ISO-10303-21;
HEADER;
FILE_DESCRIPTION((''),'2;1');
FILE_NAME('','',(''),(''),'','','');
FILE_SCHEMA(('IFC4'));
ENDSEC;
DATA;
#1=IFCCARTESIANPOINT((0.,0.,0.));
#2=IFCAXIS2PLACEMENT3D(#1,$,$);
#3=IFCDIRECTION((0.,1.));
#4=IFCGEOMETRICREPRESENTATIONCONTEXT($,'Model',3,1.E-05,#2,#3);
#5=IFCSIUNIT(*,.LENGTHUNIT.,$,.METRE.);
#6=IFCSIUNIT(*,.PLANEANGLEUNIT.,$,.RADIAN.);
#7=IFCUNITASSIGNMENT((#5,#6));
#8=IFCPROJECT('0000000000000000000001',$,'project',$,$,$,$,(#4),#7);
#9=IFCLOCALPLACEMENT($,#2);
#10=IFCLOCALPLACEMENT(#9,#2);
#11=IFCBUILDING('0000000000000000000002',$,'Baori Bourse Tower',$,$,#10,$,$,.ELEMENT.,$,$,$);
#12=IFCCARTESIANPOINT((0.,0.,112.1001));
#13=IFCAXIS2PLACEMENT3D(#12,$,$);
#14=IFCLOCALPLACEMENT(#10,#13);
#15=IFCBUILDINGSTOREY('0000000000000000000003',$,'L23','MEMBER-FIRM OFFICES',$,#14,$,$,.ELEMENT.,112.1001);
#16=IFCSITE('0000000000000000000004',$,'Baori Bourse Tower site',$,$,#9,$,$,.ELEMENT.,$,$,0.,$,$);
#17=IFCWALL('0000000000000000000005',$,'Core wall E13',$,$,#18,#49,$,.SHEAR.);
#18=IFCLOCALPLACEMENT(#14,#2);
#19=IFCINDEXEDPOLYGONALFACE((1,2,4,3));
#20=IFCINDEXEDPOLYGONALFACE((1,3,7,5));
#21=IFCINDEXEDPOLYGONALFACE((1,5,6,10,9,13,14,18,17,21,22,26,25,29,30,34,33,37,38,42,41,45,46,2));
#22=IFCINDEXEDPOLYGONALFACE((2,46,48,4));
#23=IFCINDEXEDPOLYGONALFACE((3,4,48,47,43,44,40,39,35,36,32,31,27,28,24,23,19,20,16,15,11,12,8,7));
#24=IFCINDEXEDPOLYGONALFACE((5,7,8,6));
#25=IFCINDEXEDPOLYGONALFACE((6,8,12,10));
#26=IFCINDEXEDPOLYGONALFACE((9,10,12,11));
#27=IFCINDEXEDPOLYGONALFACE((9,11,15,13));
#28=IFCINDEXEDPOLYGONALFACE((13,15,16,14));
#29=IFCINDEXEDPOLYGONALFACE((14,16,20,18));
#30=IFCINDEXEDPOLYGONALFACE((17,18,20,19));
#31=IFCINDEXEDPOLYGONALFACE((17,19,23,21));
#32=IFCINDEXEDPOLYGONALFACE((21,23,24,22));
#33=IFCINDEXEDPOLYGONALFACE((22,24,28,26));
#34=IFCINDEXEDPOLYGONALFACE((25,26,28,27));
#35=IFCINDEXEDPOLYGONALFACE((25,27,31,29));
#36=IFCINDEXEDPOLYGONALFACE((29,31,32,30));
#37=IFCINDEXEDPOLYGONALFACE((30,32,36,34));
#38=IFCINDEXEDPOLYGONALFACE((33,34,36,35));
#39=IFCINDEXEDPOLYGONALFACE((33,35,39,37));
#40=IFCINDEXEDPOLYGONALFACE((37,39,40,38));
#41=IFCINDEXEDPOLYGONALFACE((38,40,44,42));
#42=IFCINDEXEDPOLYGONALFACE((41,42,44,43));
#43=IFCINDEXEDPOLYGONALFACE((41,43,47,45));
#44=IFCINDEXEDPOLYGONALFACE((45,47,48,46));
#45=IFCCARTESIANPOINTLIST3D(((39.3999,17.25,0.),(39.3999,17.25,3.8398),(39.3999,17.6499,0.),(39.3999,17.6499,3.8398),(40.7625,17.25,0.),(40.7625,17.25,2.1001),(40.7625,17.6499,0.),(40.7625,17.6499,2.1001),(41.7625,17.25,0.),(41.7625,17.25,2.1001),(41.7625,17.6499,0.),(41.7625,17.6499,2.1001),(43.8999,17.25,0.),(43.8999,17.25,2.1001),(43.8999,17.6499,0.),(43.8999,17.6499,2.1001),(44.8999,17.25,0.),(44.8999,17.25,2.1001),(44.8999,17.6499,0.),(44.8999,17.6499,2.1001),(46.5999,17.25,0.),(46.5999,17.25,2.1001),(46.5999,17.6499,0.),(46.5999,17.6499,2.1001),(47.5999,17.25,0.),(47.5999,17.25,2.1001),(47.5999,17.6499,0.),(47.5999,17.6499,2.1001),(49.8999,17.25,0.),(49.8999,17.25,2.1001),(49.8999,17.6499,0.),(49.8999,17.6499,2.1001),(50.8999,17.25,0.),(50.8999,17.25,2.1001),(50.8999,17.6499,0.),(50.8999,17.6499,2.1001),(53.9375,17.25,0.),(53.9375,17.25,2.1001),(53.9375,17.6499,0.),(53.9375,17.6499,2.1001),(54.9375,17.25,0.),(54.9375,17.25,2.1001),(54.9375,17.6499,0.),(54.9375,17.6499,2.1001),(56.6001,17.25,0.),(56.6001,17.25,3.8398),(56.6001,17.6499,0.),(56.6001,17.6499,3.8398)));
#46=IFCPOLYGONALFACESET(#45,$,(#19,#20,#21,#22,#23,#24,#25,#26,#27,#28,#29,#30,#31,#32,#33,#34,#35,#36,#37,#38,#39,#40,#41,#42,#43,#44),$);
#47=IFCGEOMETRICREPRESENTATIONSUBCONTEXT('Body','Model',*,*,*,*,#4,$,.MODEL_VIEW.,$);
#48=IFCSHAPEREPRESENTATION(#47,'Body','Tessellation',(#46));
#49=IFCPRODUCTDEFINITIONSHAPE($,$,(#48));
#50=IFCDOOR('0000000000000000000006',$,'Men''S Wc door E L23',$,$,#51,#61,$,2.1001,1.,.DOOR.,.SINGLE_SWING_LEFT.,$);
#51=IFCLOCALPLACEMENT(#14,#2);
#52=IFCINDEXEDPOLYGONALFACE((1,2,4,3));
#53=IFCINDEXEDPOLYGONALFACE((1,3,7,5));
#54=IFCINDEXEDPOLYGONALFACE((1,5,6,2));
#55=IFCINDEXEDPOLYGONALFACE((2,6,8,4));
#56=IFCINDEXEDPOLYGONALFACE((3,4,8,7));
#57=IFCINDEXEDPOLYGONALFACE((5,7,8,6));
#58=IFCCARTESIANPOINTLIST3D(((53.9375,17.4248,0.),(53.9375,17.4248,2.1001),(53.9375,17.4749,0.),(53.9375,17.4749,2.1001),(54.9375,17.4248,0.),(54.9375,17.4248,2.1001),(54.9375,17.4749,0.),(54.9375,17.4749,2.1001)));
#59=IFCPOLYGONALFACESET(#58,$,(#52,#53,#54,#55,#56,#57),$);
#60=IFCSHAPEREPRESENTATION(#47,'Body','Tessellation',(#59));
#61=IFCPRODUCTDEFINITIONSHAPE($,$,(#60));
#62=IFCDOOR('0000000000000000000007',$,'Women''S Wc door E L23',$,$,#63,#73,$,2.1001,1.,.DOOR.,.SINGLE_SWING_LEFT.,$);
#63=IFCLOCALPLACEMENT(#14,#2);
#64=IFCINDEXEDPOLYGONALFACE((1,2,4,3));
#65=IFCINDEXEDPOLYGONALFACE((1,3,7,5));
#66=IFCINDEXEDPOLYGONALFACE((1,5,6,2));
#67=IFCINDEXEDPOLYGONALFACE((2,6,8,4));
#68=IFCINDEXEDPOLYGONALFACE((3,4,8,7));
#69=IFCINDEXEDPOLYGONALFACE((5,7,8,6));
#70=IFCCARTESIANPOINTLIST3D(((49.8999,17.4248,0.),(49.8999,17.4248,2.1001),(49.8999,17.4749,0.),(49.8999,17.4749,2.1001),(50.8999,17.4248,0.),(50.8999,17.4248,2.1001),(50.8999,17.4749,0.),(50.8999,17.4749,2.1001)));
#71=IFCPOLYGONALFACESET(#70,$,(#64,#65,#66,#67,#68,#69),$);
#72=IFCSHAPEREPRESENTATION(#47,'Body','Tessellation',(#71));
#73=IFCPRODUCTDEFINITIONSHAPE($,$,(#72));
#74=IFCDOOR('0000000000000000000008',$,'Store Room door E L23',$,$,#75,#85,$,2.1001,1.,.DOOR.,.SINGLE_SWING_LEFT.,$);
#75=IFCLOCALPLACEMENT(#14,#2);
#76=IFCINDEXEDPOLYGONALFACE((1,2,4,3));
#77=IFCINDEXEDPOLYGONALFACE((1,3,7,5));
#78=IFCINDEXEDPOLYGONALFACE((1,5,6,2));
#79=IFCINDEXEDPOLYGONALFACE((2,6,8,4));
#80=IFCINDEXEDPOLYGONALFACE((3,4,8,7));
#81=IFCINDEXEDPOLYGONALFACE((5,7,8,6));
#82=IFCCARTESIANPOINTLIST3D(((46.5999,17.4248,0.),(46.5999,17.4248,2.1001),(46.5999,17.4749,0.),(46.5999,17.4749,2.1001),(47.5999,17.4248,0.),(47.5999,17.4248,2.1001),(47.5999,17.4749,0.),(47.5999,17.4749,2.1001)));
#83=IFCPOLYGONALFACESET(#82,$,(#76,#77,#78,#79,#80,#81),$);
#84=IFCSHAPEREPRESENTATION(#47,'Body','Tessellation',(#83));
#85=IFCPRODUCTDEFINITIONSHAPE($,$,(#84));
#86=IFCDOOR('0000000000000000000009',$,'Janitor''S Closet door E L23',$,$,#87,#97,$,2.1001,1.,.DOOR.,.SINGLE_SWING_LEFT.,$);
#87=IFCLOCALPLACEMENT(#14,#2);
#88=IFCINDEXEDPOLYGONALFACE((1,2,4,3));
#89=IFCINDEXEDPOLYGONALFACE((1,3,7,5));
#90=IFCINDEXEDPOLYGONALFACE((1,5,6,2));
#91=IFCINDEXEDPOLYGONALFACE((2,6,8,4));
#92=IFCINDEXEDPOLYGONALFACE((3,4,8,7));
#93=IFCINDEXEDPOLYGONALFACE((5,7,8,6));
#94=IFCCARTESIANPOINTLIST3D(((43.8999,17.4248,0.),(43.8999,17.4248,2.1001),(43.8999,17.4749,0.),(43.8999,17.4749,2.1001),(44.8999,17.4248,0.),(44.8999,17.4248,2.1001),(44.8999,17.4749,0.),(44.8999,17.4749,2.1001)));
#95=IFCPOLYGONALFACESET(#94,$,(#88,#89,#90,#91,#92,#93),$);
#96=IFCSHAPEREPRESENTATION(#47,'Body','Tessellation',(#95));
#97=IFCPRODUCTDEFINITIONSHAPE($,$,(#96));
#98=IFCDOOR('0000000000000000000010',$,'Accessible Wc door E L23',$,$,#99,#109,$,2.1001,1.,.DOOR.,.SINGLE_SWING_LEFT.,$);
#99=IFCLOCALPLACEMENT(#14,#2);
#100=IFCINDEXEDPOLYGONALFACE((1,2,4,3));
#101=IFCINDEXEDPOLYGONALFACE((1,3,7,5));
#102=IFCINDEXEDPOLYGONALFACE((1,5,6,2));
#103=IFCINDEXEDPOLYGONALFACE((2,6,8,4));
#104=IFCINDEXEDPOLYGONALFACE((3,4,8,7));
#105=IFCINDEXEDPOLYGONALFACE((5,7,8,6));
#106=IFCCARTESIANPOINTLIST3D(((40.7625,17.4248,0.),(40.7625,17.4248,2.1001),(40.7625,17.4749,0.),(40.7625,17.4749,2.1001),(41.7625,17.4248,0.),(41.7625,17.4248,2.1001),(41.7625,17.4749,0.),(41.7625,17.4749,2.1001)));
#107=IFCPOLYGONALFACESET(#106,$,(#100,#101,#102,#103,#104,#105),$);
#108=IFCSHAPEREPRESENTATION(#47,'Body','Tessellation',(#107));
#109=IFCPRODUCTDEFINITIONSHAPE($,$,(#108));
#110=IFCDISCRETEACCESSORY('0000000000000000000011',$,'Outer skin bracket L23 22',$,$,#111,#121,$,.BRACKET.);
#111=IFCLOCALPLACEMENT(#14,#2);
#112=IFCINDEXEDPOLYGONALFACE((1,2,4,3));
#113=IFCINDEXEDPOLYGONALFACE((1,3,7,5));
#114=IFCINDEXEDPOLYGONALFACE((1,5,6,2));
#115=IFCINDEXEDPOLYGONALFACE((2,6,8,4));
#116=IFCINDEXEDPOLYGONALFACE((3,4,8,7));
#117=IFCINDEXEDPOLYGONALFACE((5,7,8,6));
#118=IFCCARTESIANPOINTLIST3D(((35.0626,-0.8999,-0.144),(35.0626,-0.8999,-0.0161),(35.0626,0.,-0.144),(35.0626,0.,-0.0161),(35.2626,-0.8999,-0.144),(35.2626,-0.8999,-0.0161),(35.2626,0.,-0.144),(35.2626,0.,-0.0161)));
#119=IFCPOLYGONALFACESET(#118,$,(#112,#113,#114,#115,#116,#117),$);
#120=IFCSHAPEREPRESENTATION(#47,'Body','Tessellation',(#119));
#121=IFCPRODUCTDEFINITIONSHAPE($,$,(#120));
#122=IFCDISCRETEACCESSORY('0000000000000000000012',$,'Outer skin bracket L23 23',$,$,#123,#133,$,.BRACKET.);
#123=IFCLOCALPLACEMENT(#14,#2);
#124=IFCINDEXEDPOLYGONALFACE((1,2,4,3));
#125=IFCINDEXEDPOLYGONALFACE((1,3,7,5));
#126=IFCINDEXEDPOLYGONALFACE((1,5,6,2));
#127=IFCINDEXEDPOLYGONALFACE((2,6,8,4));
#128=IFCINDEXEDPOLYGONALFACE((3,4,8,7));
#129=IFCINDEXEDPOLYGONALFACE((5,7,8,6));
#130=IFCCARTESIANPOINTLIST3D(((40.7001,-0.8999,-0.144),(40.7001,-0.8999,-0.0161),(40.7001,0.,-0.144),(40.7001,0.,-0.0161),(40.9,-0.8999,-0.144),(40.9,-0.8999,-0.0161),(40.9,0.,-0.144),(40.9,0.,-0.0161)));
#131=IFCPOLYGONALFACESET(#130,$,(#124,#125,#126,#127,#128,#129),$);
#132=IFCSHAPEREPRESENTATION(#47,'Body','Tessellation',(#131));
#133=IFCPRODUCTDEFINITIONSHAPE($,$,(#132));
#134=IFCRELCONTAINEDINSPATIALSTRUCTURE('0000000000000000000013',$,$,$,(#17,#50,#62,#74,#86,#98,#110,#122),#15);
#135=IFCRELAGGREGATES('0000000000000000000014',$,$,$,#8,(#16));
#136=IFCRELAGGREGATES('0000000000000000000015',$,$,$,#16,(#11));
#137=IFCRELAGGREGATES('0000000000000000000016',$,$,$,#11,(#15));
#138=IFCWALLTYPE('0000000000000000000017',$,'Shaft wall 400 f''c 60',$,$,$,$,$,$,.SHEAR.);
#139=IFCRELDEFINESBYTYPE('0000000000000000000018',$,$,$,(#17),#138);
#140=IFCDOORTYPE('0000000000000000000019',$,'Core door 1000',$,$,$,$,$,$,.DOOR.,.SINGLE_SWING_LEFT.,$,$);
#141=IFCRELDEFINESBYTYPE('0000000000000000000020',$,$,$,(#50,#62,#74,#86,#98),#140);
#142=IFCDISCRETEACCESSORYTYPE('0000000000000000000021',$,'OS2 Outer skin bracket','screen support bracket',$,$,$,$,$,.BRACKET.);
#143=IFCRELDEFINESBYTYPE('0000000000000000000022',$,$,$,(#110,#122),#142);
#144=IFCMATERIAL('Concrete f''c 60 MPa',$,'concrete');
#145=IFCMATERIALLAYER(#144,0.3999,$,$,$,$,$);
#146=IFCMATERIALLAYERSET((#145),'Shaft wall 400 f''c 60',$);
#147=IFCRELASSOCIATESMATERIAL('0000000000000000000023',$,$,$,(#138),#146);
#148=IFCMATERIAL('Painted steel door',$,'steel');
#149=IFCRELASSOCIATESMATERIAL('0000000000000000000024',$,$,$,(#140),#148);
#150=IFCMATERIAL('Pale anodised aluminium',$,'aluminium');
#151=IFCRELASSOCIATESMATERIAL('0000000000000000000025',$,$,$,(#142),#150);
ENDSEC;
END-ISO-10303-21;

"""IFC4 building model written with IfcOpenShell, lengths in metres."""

from ifc_helpers import new_model, si_unit, direction, frame, frame_2d, origin, origin_2d, place, context, subcontext, project, spatial, rectangle, extrude, material, layer, layer_set, type_object, element, fill, save


model = new_model("IFC4")

# Units and contexts
model_context = context("Model", 3, precision=1e-05, world=origin(), true_north=direction((0.0, 1.0)))
body_context = subcontext(model_context, "Body", "Model", "MODEL_VIEW")
ifc_project = project(units=[si_unit("LENGTHUNIT", "METRE"), si_unit("PLANEANGLEUNIT", "RADIAN")], contexts=[model_context])

# Site, building, storey
site_placement = place(None, origin())
site = spatial("IfcSite", under=ifc_project, at=site_placement, Name="Baori Bourse Tower site", CompositionType="ELEMENT", RefElevation=0.0)
building_placement = place(site_placement, origin())
building = spatial("IfcBuilding", under=site, at=building_placement, Name="Baori Bourse Tower", CompositionType="ELEMENT")
storey_placement = place(building_placement, frame((0.0, 0.0, 112.1001)))
storey = spatial("IfcBuildingStorey", under=building, at=storey_placement, Name="L23", Description="MEMBER-FIRM OFFICES", CompositionType="ELEMENT", Elevation=112.1001)

# Shared definitions
ifc_material_1 = material(Name="Concrete f'c 60 MPa", Category="concrete")
ifc_layer_1 = layer(ifc_material_1, 0.3999)
ifc_layer_set_1 = layer_set([ifc_layer_1], Name="Shaft wall 400 f'c 60")
wall_type_1 = type_object("IfcWallType", Name="Shaft wall 400 f'c 60", PredefinedType="SHEAR", material=ifc_layer_set_1)

# Wall, openings, doors
wall_1_placement = place(storey_placement, frame((39.3999, 17.45, 0.0), z_axis=(0.0, 0.0, 1.0), x_axis=(1.0, 0.0, 0.0)))
wall_1 = element("IfcWall", 1, at=wall_1_placement, inside=storey, type_object=wall_type_1, Name="Core wall E13", PredefinedType="SHEAR", context=body_context, shape_type="SweptSolid", body=[
    extrude(rectangle(XDim=17.2002, YDim=0.3999, at=frame_2d((8.6001, 0.0))), origin(), (0.0, 0.0, 1.0), 3.8398),
])
opening_1_placement = place(wall_1_placement, frame((14.5376, 0.0, 0.0)))
opening_1 = element("IfcOpeningElement", 2, at=opening_1_placement, cuts=wall_1, PredefinedType="OPENING", context=body_context, shape_type="SweptSolid", body=[
    extrude(rectangle(XDim=1.0, YDim=2.1001, at=frame_2d((0.5, 1.05))), frame((0.0, 0.21, 0.0), z_axis=(0.0, -1.0, 0.0), x_axis=(1.0, 0.0, 0.0)), (0.0, 0.0, 1.0), 0.4199),
])
opening_2_placement = place(wall_1_placement, frame((10.5, 0.0, 0.0)))
opening_2 = element("IfcOpeningElement", 3, at=opening_2_placement, cuts=wall_1, PredefinedType="OPENING", context=body_context, shape_type="SweptSolid", body=[
    extrude(rectangle(XDim=1.0, YDim=2.1001, at=frame_2d((0.5, 1.05))), frame((0.0, 0.21, 0.0), z_axis=(0.0, -1.0, 0.0), x_axis=(1.0, 0.0, 0.0)), (0.0, 0.0, 1.0), 0.4199),
])
opening_3_placement = place(wall_1_placement, frame((7.2, 0.0, 0.0)))
opening_3 = element("IfcOpeningElement", 4, at=opening_3_placement, cuts=wall_1, PredefinedType="OPENING", context=body_context, shape_type="SweptSolid", body=[
    extrude(rectangle(XDim=1.0, YDim=2.1001, at=frame_2d((0.5, 1.05))), frame((0.0, 0.21, 0.0), z_axis=(0.0, -1.0, 0.0), x_axis=(1.0, 0.0, 0.0)), (0.0, 0.0, 1.0), 0.4199),
])
opening_4_placement = place(wall_1_placement, frame((4.5, 0.0, 0.0)))
opening_4 = element("IfcOpeningElement", 5, at=opening_4_placement, cuts=wall_1, PredefinedType="OPENING", context=body_context, shape_type="SweptSolid", body=[
    extrude(rectangle(XDim=1.0, YDim=2.1001, at=frame_2d((0.5, 1.05))), frame((0.0, 0.21, 0.0), z_axis=(0.0, -1.0, 0.0), x_axis=(1.0, 0.0, 0.0)), (0.0, 0.0, 1.0), 0.4199),
])
opening_5_placement = place(wall_1_placement, frame((1.3625, 0.0, 0.0)))
opening_5 = element("IfcOpeningElement", 6, at=opening_5_placement, cuts=wall_1, PredefinedType="OPENING", context=body_context, shape_type="SweptSolid", body=[
    extrude(rectangle(XDim=1.0, YDim=2.1001, at=frame_2d((0.5, 1.05))), frame((0.0, 0.21, 0.0), z_axis=(0.0, -1.0, 0.0), x_axis=(1.0, 0.0, 0.0)), (0.0, 0.0, 1.0), 0.4199),
])
ifc_material_2 = material(Name="Painted steel door", Category="steel")
door_type_1 = type_object("IfcDoorType", Name="Core door 1000", OperationType="SINGLE_SWING_LEFT", PredefinedType="DOOR", material=ifc_material_2)
door_1_placement = place(opening_1_placement, origin())
door_1 = element("IfcDoor", 7, at=door_1_placement, inside=storey, type_object=door_type_1, Name="Men'S Wc door E L23", OperationType="SINGLE_SWING_LEFT", OverallHeight=2.1001, OverallWidth=1.0, PredefinedType="DOOR", context=body_context, shape_type="SweptSolid", body=[
    extrude(rectangle(XDim=1.0, YDim=2.1001, at=frame_2d((0.5, 1.05))), frame((0.0, 0.0249, 0.0), z_axis=(0.0, -1.0, 0.0), x_axis=(1.0, 0.0, 0.0)), (0.0, 0.0, 1.0), 0.05),
])
fill(opening_1, door_1)
door_2_placement = place(opening_2_placement, origin())
door_2 = element("IfcDoor", 8, at=door_2_placement, inside=storey, type_object=door_type_1, Name="Women'S Wc door E L23", OperationType="SINGLE_SWING_LEFT", OverallHeight=2.1001, OverallWidth=1.0, PredefinedType="DOOR", context=body_context, shape_type="SweptSolid", body=[
    extrude(rectangle(XDim=1.0, YDim=2.1001, at=frame_2d((0.5, 1.05))), frame((0.0, 0.0249, 0.0), z_axis=(0.0, -1.0, 0.0), x_axis=(1.0, 0.0, 0.0)), (0.0, 0.0, 1.0), 0.05),
])
fill(opening_2, door_2)
door_3_placement = place(opening_3_placement, origin())
door_3 = element("IfcDoor", 9, at=door_3_placement, inside=storey, type_object=door_type_1, Name="Store Room door E L23", OperationType="SINGLE_SWING_LEFT", OverallHeight=2.1001, OverallWidth=1.0, PredefinedType="DOOR", context=body_context, shape_type="SweptSolid", body=[
    extrude(rectangle(XDim=1.0, YDim=2.1001, at=frame_2d((0.5, 1.05))), frame((0.0, 0.0249, 0.0), z_axis=(0.0, -1.0, 0.0), x_axis=(1.0, 0.0, 0.0)), (0.0, 0.0, 1.0), 0.05),
])
fill(opening_3, door_3)
door_4_placement = place(opening_4_placement, origin())
door_4 = element("IfcDoor", 10, at=door_4_placement, inside=storey, type_object=door_type_1, Name="Janitor'S Closet door E L23", OperationType="SINGLE_SWING_LEFT", OverallHeight=2.1001, OverallWidth=1.0, PredefinedType="DOOR", context=body_context, shape_type="SweptSolid", body=[
    extrude(rectangle(XDim=1.0, YDim=2.1001, at=frame_2d((0.5, 1.05))), frame((0.0, 0.0249, 0.0), z_axis=(0.0, -1.0, 0.0), x_axis=(1.0, 0.0, 0.0)), (0.0, 0.0, 1.0), 0.05),
])
fill(opening_4, door_4)
door_5_placement = place(opening_5_placement, origin())
door_5 = element("IfcDoor", 11, at=door_5_placement, inside=storey, type_object=door_type_1, Name="Accessible Wc door E L23", OperationType="SINGLE_SWING_LEFT", OverallHeight=2.1001, OverallWidth=1.0, PredefinedType="DOOR", context=body_context, shape_type="SweptSolid", body=[
    extrude(rectangle(XDim=1.0, YDim=2.1001, at=frame_2d((0.5, 1.05))), frame((0.0, 0.0249, 0.0), z_axis=(0.0, -1.0, 0.0), x_axis=(1.0, 0.0, 0.0)), (0.0, 0.0, 1.0), 0.05),
])
fill(opening_5, door_5)

# Discrete accessories
ifc_material_3 = material(Name="Pale anodised aluminium", Category="aluminium")
discrete_accessory_type = type_object("IfcDiscreteAccessoryType", Name="OS2 Outer skin bracket", Description="screen support bracket", PredefinedType="BRACKET", material=ifc_material_3)
for number, where, z_axis, x_axis, name in (
    (12, (35.1626, -0.45, -0.144), (0.0, 0.0, 1.0), (1.0, 0.0, 0.0), "Outer skin bracket L23 22"),
    (13, (40.8, -0.45, -0.144), (0.0, 0.0, 1.0), (1.0, 0.0, 0.0), "Outer skin bracket L23 23"),
):
    element("IfcDiscreteAccessory", number, at=place(storey_placement, frame(where, z_axis=z_axis, x_axis=x_axis)), inside=storey, type_object=discrete_accessory_type, Name=name, PredefinedType="BRACKET", context=body_context, shape_type="SweptSolid", body=[
        extrude(rectangle(XDim=0.2, YDim=0.8999, at=origin_2d()), origin(), (0.0, 0.0, 1.0), 0.1279),
    ])

save(model, "model.ifc")
